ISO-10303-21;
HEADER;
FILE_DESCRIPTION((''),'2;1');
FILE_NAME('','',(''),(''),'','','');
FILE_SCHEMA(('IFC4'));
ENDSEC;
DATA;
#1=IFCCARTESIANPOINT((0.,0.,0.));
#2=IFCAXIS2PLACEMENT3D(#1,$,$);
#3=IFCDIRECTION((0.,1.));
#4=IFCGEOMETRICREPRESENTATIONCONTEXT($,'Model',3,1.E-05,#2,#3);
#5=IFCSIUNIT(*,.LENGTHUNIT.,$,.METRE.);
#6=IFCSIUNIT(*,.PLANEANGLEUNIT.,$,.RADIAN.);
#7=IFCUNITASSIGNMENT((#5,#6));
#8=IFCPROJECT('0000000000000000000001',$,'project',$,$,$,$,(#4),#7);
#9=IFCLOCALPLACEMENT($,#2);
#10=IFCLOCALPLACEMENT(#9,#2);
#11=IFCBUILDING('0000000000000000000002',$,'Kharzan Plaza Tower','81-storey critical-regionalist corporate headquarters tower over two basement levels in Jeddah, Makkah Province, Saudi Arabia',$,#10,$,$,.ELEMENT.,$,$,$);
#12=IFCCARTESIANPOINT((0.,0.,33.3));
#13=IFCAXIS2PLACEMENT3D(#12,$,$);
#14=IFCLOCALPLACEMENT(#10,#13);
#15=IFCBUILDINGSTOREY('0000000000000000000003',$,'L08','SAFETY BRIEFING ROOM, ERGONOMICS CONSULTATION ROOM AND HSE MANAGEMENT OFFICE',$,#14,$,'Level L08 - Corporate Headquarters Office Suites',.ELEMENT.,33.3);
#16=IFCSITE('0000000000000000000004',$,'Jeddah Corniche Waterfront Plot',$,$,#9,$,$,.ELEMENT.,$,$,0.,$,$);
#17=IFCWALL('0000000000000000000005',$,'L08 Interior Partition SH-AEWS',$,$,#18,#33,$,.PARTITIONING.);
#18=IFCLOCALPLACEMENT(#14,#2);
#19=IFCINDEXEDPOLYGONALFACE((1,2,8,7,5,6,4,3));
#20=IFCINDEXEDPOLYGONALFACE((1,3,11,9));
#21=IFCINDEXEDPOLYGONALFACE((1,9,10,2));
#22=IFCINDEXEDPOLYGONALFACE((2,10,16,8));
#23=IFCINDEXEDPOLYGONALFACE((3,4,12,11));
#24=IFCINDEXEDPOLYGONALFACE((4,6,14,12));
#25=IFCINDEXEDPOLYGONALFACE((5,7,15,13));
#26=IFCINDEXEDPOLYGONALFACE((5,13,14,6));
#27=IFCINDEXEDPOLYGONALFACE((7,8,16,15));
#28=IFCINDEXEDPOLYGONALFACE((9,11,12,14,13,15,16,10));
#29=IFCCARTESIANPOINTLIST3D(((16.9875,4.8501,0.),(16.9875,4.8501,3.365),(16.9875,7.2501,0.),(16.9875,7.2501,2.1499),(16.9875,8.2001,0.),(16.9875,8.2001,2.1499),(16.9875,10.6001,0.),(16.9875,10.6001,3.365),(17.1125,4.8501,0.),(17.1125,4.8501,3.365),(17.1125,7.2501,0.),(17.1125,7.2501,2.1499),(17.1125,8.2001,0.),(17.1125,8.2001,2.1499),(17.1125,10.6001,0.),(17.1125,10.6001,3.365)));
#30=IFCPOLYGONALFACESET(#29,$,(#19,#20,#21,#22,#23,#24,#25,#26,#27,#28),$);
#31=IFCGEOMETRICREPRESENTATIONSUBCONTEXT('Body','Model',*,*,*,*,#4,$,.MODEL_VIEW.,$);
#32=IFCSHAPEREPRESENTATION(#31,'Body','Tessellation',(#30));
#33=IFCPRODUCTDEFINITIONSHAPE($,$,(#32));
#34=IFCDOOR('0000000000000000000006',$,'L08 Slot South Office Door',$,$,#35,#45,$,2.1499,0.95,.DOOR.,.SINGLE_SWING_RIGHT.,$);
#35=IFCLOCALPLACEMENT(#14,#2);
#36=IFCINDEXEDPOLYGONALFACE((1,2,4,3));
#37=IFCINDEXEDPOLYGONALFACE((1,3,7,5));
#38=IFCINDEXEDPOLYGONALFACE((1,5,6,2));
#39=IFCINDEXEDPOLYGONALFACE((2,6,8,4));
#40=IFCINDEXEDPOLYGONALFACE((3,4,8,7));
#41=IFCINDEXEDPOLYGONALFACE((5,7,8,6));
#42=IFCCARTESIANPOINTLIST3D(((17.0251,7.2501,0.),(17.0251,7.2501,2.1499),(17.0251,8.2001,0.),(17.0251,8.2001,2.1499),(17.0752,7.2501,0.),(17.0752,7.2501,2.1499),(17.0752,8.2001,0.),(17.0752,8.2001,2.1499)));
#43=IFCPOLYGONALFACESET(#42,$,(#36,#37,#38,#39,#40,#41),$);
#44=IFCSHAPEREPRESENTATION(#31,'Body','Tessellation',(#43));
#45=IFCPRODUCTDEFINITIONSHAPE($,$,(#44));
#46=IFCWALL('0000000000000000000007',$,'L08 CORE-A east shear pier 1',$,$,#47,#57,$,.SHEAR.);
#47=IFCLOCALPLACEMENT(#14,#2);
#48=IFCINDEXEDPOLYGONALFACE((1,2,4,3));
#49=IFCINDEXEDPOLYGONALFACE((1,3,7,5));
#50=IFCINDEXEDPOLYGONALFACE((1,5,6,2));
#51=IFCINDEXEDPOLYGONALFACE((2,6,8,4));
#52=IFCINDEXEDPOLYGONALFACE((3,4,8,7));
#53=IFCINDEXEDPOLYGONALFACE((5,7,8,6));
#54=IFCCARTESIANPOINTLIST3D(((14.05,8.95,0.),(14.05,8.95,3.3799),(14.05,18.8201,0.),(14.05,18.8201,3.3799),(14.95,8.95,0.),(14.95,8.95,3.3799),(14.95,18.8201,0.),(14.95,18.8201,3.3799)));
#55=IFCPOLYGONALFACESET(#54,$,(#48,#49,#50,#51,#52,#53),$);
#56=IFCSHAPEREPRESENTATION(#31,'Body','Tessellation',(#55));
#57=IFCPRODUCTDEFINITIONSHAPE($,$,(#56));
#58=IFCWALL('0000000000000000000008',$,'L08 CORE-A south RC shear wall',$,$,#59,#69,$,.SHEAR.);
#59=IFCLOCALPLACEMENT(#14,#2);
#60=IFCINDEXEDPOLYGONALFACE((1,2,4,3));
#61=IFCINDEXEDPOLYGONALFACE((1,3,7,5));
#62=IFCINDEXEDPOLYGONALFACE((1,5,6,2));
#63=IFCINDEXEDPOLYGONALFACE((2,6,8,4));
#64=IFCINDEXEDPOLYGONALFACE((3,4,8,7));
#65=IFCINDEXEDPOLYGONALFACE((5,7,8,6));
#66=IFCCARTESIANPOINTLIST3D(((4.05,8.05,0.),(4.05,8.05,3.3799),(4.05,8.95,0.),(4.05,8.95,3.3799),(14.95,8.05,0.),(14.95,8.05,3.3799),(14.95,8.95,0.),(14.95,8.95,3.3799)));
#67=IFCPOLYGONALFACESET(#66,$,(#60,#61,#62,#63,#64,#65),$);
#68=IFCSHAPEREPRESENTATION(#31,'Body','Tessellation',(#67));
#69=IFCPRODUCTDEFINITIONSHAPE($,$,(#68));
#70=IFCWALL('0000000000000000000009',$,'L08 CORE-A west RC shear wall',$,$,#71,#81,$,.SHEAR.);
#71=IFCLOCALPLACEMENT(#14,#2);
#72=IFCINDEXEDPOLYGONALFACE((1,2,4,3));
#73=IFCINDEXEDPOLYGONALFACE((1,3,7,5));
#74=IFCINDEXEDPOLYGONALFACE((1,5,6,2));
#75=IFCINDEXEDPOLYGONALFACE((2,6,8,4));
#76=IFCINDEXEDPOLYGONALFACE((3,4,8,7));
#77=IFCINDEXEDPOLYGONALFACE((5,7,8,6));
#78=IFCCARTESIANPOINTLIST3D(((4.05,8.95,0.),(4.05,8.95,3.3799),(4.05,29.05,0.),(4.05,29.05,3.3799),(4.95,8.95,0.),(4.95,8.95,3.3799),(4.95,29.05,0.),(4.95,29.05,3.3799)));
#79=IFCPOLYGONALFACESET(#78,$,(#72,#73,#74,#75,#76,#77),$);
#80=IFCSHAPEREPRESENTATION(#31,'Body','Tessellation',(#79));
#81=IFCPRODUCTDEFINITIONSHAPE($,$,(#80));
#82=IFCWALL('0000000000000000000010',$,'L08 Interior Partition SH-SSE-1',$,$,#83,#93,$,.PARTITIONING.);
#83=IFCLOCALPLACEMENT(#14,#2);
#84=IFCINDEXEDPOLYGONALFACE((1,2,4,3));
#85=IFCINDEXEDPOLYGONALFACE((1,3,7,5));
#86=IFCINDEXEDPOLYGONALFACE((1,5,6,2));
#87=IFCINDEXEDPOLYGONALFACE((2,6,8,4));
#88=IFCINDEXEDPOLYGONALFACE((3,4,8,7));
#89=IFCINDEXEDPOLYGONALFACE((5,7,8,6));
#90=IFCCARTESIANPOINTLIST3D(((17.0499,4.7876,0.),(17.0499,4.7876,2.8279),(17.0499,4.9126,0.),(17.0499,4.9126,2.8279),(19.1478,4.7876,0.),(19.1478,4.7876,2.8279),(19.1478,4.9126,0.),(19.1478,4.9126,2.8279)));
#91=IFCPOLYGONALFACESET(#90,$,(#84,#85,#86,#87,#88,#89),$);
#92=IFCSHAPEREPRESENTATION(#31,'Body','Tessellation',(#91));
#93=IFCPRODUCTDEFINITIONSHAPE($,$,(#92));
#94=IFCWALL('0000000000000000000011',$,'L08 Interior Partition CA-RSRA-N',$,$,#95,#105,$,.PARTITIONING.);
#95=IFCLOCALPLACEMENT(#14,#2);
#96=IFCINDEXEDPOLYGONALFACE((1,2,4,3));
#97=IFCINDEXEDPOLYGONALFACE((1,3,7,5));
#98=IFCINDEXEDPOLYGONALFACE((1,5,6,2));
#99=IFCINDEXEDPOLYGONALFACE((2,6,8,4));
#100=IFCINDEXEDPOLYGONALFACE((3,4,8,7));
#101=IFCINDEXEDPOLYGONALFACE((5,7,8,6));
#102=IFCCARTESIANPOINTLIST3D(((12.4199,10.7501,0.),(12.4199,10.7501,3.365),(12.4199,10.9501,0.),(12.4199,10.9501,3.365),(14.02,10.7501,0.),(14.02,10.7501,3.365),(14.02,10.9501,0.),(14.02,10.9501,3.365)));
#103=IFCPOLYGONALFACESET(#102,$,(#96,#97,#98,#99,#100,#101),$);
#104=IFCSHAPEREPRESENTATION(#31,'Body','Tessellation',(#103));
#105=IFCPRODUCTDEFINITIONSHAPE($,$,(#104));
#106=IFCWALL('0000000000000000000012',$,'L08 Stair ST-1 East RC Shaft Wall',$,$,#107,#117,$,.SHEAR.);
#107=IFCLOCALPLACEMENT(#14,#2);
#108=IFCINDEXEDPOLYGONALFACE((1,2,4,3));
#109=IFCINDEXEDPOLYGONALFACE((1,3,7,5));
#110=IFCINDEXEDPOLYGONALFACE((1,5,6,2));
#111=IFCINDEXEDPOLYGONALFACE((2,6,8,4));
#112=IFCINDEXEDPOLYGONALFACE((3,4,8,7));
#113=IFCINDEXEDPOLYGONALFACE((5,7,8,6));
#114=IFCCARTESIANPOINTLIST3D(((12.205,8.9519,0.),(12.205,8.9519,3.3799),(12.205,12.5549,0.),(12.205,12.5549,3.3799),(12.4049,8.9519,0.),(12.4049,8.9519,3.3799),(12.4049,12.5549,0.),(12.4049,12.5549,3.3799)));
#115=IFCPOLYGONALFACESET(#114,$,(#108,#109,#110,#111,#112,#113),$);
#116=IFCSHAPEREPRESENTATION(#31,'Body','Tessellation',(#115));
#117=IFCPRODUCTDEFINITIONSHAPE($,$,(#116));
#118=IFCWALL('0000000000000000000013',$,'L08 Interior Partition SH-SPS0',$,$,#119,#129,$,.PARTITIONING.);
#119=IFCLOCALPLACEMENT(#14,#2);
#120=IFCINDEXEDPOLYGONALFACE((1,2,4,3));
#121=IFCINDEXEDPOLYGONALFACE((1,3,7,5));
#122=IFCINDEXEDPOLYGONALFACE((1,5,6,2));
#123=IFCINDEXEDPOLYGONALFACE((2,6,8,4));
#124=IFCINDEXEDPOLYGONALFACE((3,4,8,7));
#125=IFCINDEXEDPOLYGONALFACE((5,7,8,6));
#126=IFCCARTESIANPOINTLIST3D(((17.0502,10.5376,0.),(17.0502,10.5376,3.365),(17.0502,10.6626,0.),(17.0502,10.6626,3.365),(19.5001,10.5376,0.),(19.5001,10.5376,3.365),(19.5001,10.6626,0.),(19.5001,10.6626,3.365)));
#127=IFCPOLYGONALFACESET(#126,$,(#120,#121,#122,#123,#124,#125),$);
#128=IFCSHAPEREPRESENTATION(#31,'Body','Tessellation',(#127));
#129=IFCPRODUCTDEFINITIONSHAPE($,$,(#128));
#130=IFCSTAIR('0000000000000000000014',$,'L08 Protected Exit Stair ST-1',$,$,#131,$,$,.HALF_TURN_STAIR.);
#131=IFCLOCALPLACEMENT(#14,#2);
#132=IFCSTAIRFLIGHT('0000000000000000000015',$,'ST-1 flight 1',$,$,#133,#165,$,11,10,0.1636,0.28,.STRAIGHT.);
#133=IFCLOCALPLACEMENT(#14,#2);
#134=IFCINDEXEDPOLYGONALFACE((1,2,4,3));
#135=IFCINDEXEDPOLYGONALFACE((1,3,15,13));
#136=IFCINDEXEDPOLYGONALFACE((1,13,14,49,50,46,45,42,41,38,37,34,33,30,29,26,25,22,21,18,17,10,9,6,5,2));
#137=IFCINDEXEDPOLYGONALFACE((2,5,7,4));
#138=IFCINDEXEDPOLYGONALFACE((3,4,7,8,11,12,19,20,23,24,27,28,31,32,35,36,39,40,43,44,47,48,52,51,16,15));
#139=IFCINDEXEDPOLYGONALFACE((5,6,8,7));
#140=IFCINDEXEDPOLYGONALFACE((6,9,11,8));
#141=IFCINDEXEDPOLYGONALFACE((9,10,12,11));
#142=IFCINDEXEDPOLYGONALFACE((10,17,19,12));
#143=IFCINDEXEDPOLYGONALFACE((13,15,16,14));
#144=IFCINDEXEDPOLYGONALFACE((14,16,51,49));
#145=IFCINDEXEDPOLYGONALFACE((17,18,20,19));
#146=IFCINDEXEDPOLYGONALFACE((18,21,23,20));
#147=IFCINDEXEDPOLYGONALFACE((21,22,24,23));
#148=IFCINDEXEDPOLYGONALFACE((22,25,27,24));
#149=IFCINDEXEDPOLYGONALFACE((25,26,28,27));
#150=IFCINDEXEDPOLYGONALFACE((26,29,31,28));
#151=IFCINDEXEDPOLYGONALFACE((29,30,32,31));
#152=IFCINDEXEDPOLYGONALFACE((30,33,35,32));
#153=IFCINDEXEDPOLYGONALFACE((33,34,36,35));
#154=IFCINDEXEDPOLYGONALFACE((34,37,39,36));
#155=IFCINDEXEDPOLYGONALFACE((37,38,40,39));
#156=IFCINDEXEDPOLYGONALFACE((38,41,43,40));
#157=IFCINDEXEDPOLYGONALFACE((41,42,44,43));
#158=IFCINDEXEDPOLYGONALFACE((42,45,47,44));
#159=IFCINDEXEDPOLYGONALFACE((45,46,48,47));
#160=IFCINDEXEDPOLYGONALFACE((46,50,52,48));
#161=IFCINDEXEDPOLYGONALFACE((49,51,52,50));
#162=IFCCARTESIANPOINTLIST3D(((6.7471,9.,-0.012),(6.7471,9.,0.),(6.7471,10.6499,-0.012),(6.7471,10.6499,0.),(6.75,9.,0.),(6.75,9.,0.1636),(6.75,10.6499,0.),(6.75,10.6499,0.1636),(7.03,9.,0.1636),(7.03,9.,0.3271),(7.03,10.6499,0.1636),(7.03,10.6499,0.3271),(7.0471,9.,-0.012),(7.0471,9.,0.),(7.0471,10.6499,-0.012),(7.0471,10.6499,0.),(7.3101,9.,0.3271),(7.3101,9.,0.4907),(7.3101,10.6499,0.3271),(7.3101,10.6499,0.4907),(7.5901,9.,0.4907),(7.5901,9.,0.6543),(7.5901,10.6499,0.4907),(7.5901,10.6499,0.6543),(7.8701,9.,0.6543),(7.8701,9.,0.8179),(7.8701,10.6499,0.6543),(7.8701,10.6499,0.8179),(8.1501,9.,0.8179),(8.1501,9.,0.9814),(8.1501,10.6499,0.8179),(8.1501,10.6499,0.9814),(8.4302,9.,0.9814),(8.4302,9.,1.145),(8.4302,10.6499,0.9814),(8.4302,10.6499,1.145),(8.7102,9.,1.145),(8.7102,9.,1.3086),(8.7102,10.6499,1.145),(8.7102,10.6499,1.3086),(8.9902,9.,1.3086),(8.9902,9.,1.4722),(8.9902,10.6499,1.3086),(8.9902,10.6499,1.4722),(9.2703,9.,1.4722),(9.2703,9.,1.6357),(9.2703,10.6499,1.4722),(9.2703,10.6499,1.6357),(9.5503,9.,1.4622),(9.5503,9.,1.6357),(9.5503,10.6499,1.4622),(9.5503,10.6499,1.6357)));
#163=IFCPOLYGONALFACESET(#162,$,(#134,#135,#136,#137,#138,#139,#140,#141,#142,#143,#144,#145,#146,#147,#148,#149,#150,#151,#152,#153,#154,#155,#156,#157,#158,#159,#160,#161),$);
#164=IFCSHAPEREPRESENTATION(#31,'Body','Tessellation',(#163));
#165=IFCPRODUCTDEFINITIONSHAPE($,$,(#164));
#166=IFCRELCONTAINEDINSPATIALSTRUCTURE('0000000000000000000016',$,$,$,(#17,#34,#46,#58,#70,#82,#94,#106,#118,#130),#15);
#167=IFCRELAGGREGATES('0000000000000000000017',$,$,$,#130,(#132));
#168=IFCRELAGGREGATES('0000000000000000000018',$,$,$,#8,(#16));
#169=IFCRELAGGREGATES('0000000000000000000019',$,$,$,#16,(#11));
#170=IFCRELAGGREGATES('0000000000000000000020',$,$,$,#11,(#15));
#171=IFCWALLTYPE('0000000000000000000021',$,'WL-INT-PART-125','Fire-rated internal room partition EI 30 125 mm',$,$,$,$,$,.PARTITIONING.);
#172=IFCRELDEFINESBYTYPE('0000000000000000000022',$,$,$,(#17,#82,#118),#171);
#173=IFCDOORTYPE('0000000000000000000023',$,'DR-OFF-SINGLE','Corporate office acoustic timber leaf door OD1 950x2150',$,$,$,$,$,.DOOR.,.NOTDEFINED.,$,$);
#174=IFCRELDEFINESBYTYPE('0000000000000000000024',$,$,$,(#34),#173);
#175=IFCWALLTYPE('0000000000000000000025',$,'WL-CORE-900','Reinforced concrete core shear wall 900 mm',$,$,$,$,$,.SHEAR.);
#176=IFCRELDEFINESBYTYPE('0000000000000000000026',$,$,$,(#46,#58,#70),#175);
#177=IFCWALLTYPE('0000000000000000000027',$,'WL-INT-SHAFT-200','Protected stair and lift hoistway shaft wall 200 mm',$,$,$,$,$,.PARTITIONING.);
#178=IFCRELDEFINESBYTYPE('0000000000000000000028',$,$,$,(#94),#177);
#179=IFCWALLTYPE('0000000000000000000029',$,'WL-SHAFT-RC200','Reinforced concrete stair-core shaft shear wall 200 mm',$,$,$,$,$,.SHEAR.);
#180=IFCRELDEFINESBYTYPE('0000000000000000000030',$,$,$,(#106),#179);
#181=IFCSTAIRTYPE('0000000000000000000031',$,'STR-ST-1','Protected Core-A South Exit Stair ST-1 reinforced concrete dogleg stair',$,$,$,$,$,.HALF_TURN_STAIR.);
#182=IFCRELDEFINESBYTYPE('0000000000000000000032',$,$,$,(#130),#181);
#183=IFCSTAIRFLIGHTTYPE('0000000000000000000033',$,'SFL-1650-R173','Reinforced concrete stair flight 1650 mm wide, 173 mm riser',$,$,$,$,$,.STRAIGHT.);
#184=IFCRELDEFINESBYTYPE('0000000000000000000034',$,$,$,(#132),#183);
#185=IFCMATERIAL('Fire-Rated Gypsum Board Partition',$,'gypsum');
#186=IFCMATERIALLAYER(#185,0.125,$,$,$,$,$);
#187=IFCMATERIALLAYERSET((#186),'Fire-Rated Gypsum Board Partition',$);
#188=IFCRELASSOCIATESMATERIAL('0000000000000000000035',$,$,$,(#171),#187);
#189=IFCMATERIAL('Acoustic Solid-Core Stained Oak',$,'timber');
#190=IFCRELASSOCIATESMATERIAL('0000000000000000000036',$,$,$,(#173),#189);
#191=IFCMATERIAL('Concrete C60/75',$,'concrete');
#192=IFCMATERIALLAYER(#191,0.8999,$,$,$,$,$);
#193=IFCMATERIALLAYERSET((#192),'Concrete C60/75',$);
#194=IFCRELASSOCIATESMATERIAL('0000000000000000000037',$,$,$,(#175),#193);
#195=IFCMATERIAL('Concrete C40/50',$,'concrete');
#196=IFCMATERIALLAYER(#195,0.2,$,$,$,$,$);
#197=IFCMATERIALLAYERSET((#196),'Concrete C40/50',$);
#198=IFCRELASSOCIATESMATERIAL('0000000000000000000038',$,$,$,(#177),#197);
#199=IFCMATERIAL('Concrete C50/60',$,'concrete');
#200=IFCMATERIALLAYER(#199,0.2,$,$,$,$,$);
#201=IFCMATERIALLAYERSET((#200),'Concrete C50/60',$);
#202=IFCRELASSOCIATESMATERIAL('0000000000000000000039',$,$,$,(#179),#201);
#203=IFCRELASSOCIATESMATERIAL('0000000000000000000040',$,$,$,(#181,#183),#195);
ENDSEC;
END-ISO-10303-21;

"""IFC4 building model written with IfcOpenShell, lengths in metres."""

from ifc_helpers import new_model, si_unit, direction, frame, frame_2d, origin, place, context, subcontext, project, spatial, polyline, rectangle, outline, extrude, source, transform, mapped, material, layer, layer_set, type_object, element, fill, aggregate, save


model = new_model("IFC4")

# Units and contexts
model_context = context("Model", 3, precision=1e-05, world=origin(), true_north=direction((0.0, 1.0)))
body_context = subcontext(model_context, "Body", "Model", "MODEL_VIEW")
ifc_project = project(units=[si_unit("LENGTHUNIT", "METRE"), si_unit("PLANEANGLEUNIT", "RADIAN")], contexts=[model_context])

# Site, building, storey
site_placement = place(None, origin())
site = spatial("IfcSite", under=ifc_project, at=site_placement, Name="Jeddah Corniche Waterfront Plot", CompositionType="ELEMENT", RefElevation=0.0)
building_placement = place(site_placement, origin())
building = spatial("IfcBuilding", under=site, at=building_placement, Name="Kharzan Plaza Tower", Description="81-storey critical-regionalist corporate headquarters tower over two basement levels in Jeddah, Makkah Province, Saudi Arabia", CompositionType="ELEMENT")
storey_placement = place(building_placement, frame((0.0, 0.0, 33.3)))
storey = spatial("IfcBuildingStorey", under=building, at=storey_placement, Name="L08", Description="SAFETY BRIEFING ROOM, ERGONOMICS CONSULTATION ROOM AND HSE MANAGEMENT OFFICE", LongName="Level L08 - Corporate Headquarters Office Suites", CompositionType="ELEMENT", Elevation=33.3)

# Shared definitions
ifc_material_1 = material(Name="Concrete C60/75", Category="concrete")

# Shared definitions
ifc_material_2 = material(Name="Concrete C40/50", Category="concrete")

# Wall, opening, door
ifc_material_3 = material(Name="Fire-Rated Gypsum Board Partition", Category="gypsum")
ifc_layer_1 = layer(ifc_material_3, 0.125)
ifc_layer_set_1 = layer_set([ifc_layer_1], Name="Fire-Rated Gypsum Board Partition")
wall_type_1 = type_object("IfcWallType", Name="WL-INT-PART-125", Description="Fire-rated internal room partition EI 30 125 mm", PredefinedType="PARTITIONING", material=ifc_layer_set_1)
wall_1_placement = place(storey_placement, frame((17.05, 4.8501, 0.0), z_axis=(0.0, 0.0, 1.0), x_axis=(0.0, 1.0, 0.0)))
wall_1 = element("IfcWall", 1, at=wall_1_placement, inside=storey, type_object=wall_type_1, Name="L08 Interior Partition SH-AEWS", PredefinedType="PARTITIONING", context=body_context, shape_type="SweptSolid", body=[
    extrude(rectangle(XDim=5.75, YDim=0.125, at=frame_2d((2.875, 0.0))), origin(), (0.0, 0.0, 1.0), 3.365),
])
opening_1_placement = place(wall_1_placement, frame((2.3999, 0.0, 0.0)))
opening_1 = element("IfcOpeningElement", 2, at=opening_1_placement, cuts=wall_1, PredefinedType="OPENING", context=body_context, shape_type="SweptSolid", body=[
    extrude(rectangle(XDim=0.95, YDim=2.1499, at=frame_2d((0.4751, 1.075))), frame((0.0, 0.0725, 0.0), z_axis=(0.0, -1.0, 0.0), x_axis=(1.0, 0.0, 0.0)), (0.0, 0.0, 1.0), 0.145),
])
ifc_material_4 = material(Name="Acoustic Solid-Core Stained Oak", Category="timber")
door_type = type_object("IfcDoorType", Name="DR-OFF-SINGLE", Description="Corporate office acoustic timber leaf door OD1 950x2150", OperationType="NOTDEFINED", PredefinedType="DOOR", material=ifc_material_4)
shared_shape_1 = source(origin(), body_context, "Body", "SweptSolid", [
    extrude(rectangle(XDim=0.95, YDim=2.1499, at=frame_2d((0.4751, 1.075))), frame((0.0, 0.0249, 0.0), z_axis=(0.0, -1.0, 0.0), x_axis=(1.0, 0.0, 0.0)), (0.0, 0.0, 1.0), 0.05),
])
door_placement = place(opening_1_placement, origin())
door = element("IfcDoor", 3, at=door_placement, inside=storey, type_object=door_type, Name="L08 Slot South Office Door", OperationType="SINGLE_SWING_RIGHT", OverallHeight=2.1499, OverallWidth=0.95, PredefinedType="DOOR", context=body_context, shape_type="MappedRepresentation", body=[
    mapped(shared_shape_1, transform((0.0, 0.0, 0.0), x_axis=(1.0, 0.0, 0.0), y_axis=(0.0, 1.0, 0.0), z_axis=(0.0, 0.0, 1.0))),
])
fill(opening_1, door)

# Walls
ifc_layer_2 = layer(ifc_material_1, 0.8999)
ifc_layer_set_2 = layer_set([ifc_layer_2], Name="Concrete C60/75")
wall_type_2 = type_object("IfcWallType", Name="WL-CORE-900", Description="Reinforced concrete core shear wall 900 mm", PredefinedType="SHEAR", material=ifc_layer_set_2)
shared_shape_2 = source(origin(), body_context, "Body", "SweptSolid", [
    extrude(rectangle(XDim=9.8701, YDim=0.8999, at=frame_2d((4.9351, 0.0))), origin(), (0.0, 0.0, 1.0), 3.3799),
])
wall_2_placement = place(storey_placement, frame((14.5, 8.95, 0.0), z_axis=(0.0, 0.0, 1.0), x_axis=(0.0, 1.0, 0.0)))
element("IfcWall", 4, at=wall_2_placement, inside=storey, type_object=wall_type_2, Name="L08 CORE-A east shear pier 1", PredefinedType="SHEAR", context=body_context, shape_type="MappedRepresentation", body=[
    mapped(shared_shape_2, transform((0.0, 0.0, 0.0), x_axis=(1.0, 0.0, 0.0), y_axis=(0.0, 1.0, 0.0), z_axis=(0.0, 0.0, 1.0))),
])
shared_shape_3 = source(origin(), body_context, "Body", "SweptSolid", [
    extrude(rectangle(XDim=10.8999, YDim=0.8999, at=frame_2d((5.45, 0.0))), origin(), (0.0, 0.0, 1.0), 3.3799),
])
wall_3_placement = place(storey_placement, frame((4.05, 8.5, 0.0), z_axis=(0.0, 0.0, 1.0), x_axis=(1.0, 0.0, 0.0)))
element("IfcWall", 5, at=wall_3_placement, inside=storey, type_object=wall_type_2, Name="L08 CORE-A south RC shear wall", PredefinedType="SHEAR", context=body_context, shape_type="MappedRepresentation", body=[
    mapped(shared_shape_3, transform((0.0, 0.0, 0.0), x_axis=(1.0, 0.0, 0.0), y_axis=(0.0, 1.0, 0.0), z_axis=(0.0, 0.0, 1.0))),
])
shared_shape_4 = source(origin(), body_context, "Body", "SweptSolid", [
    extrude(rectangle(XDim=20.1001, YDim=0.8999, at=frame_2d((10.05, 0.0))), origin(), (0.0, 0.0, 1.0), 3.3799),
])
wall_4_placement = place(storey_placement, frame((4.5, 8.95, 0.0), z_axis=(0.0, 0.0, 1.0), x_axis=(0.0, 1.0, 0.0)))
element("IfcWall", 6, at=wall_4_placement, inside=storey, type_object=wall_type_2, Name="L08 CORE-A west RC shear wall", PredefinedType="SHEAR", context=body_context, shape_type="MappedRepresentation", body=[
    mapped(shared_shape_4, transform((0.0, 0.0, 0.0), x_axis=(1.0, 0.0, 0.0), y_axis=(0.0, 1.0, 0.0), z_axis=(0.0, 0.0, 1.0))),
])
shared_shape_5 = source(origin(), body_context, "Body", "SweptSolid", [
    extrude(rectangle(XDim=2.0979, YDim=0.125, at=frame_2d((1.0488, 0.0))), origin(), (0.0, 0.0, 1.0), 2.8279),
])
wall_5_placement = place(storey_placement, frame((17.05, 4.8501, 0.0), z_axis=(0.0, 0.0, 1.0), x_axis=(1.0, 0.0, 0.0)))
element("IfcWall", 7, at=wall_5_placement, inside=storey, type_object=wall_type_1, Name="L08 Interior Partition SH-SSE-1", PredefinedType="PARTITIONING", context=body_context, shape_type="MappedRepresentation", body=[
    mapped(shared_shape_5, transform((0.0, 0.0, 0.0), x_axis=(1.0, 0.0, 0.0), y_axis=(0.0, 1.0, 0.0), z_axis=(0.0, 0.0, 1.0))),
])
ifc_layer_3 = layer(ifc_material_2, 0.2)
ifc_layer_set_3 = layer_set([ifc_layer_3], Name="Concrete C40/50")
wall_type_3 = type_object("IfcWallType", Name="WL-INT-SHAFT-200", Description="Protected stair and lift hoistway shaft wall 200 mm", PredefinedType="PARTITIONING", material=ifc_layer_set_3)
shared_shape_6 = source(origin(), body_context, "Body", "SweptSolid", [
    extrude(rectangle(XDim=1.6001, YDim=0.2, at=frame_2d((0.8, 0.0))), origin(), (0.0, 0.0, 1.0), 3.365),
])
wall_6_placement = place(storey_placement, frame((12.4199, 10.8501, 0.0), z_axis=(0.0, 0.0, 1.0), x_axis=(1.0, 0.0, 0.0)))
element("IfcWall", 8, at=wall_6_placement, inside=storey, type_object=wall_type_3, Name="L08 Interior Partition CA-RSRA-N", PredefinedType="PARTITIONING", context=body_context, shape_type="MappedRepresentation", body=[
    mapped(shared_shape_6, transform((0.0, 0.0, 0.0), x_axis=(1.0, 0.0, 0.0), y_axis=(0.0, 1.0, 0.0), z_axis=(0.0, 0.0, 1.0))),
])
ifc_material_5 = material(Name="Concrete C50/60", Category="concrete")
ifc_layer_4 = layer(ifc_material_5, 0.2)
ifc_layer_set_4 = layer_set([ifc_layer_4], Name="Concrete C50/60")
wall_type_4 = type_object("IfcWallType", Name="WL-SHAFT-RC200", Description="Reinforced concrete stair-core shaft shear wall 200 mm", PredefinedType="SHEAR", material=ifc_layer_set_4)
shared_shape_7 = source(origin(), body_context, "Body", "SweptSolid", [
    extrude(rectangle(XDim=3.603, YDim=0.2, at=frame_2d((1.8015, 0.0))), origin(), (0.0, 0.0, 1.0), 3.3799),
])
wall_7_placement = place(storey_placement, frame((12.3049, 8.9519, 0.0), z_axis=(0.0, 0.0, 1.0), x_axis=(0.0, 1.0, 0.0)))
element("IfcWall", 9, at=wall_7_placement, inside=storey, type_object=wall_type_4, Name="L08 Stair ST-1 East RC Shaft Wall", PredefinedType="SHEAR", context=body_context, shape_type="MappedRepresentation", body=[
    mapped(shared_shape_7, transform((0.0, 0.0, 0.0), x_axis=(1.0, 0.0, 0.0), y_axis=(0.0, 1.0, 0.0), z_axis=(0.0, 0.0, 1.0))),
])
shared_shape_8 = source(origin(), body_context, "Body", "SweptSolid", [
    extrude(rectangle(XDim=2.45, YDim=0.125, at=frame_2d((1.2251, 0.0))), origin(), (0.0, 0.0, 1.0), 3.365),
])
wall_8_placement = place(storey_placement, frame((17.05, 10.6001, 0.0), z_axis=(0.0, 0.0, 1.0), x_axis=(1.0, 0.0, 0.0)))
element("IfcWall", 10, at=wall_8_placement, inside=storey, type_object=wall_type_1, Name="L08 Interior Partition SH-SPS0", PredefinedType="PARTITIONING", context=body_context, shape_type="MappedRepresentation", body=[
    mapped(shared_shape_8, transform((0.0, 0.0, 0.0), x_axis=(1.0, 0.0, 0.0), y_axis=(0.0, 1.0, 0.0), z_axis=(0.0, 0.0, 1.0))),
])

# Stair, stair flight
stair_type = type_object("IfcStairType", Name="STR-ST-1", Description="Protected Core-A South Exit Stair ST-1 reinforced concrete dogleg stair", PredefinedType="HALF_TURN_STAIR", material=ifc_material_2)
stair_placement = place(storey_placement, origin())
stair = element("IfcStair", 11, at=stair_placement, inside=storey, type_object=stair_type, Name="L08 Protected Exit Stair ST-1", PredefinedType="HALF_TURN_STAIR")
stair_flight_type = type_object("IfcStairFlightType", Name="SFL-1650-R173", Description="Reinforced concrete stair flight 1650 mm wide, 173 mm riser", PredefinedType="STRAIGHT", material=ifc_material_2)
shared_shape_9 = source(origin(), body_context, "Body", "SweptSolid", [
    extrude(outline(polyline([(-0.0029, -0.012), (-0.0029, 0.0), (0.0, 0.0), (0.0, 0.1636), (0.28, 0.1636), (0.28, 0.3271), (0.5601, 0.3271), (0.5601, 0.4907), (0.8401, 0.4907), (0.8401, 0.6543), (1.1201, 0.6543), (1.1201, 0.8179), (1.4001, 0.8179), (1.4001, 0.9814), (1.6802, 0.9814), (1.6802, 1.145), (1.9602, 1.145), (1.9602, 1.3086), (2.2402, 1.3086), (2.2402, 1.4722), (2.5203, 1.4722), (2.5203, 1.6357), (2.8003, 1.6357), (2.8003, 1.7993), (2.8003, 1.4622), (0.2971, 0.0), (0.2971, -0.012), (-0.0029, -0.012)])), frame((0.0, 0.825, 0.0), z_axis=(0.0, -1.0, 0.0), x_axis=(1.0, 0.0, 0.0)), (0.0, 0.0, 1.0), 1.6499),
])
stair_flight_placement = place(storey_placement, frame((6.75, 9.825, 0.0), z_axis=(0.0, 0.0, 1.0), x_axis=(1.0, 0.0, 0.0)))
stair_flight = element("IfcStairFlight", 12, at=stair_flight_placement, type_object=stair_flight_type, Name="ST-1 flight 1", NumberOfRisers=11, NumberOfTreads=10, PredefinedType="STRAIGHT", RiserHeight=0.1636, TreadLength=0.28, context=body_context, shape_type="MappedRepresentation", body=[
    mapped(shared_shape_9, transform((0.0, 0.0, 0.0), x_axis=(1.0, 0.0, 0.0), y_axis=(0.0, 1.0, 0.0), z_axis=(0.0, 0.0, 1.0))),
])
aggregate(stair, [stair_flight])

save(model, "model.ifc")
